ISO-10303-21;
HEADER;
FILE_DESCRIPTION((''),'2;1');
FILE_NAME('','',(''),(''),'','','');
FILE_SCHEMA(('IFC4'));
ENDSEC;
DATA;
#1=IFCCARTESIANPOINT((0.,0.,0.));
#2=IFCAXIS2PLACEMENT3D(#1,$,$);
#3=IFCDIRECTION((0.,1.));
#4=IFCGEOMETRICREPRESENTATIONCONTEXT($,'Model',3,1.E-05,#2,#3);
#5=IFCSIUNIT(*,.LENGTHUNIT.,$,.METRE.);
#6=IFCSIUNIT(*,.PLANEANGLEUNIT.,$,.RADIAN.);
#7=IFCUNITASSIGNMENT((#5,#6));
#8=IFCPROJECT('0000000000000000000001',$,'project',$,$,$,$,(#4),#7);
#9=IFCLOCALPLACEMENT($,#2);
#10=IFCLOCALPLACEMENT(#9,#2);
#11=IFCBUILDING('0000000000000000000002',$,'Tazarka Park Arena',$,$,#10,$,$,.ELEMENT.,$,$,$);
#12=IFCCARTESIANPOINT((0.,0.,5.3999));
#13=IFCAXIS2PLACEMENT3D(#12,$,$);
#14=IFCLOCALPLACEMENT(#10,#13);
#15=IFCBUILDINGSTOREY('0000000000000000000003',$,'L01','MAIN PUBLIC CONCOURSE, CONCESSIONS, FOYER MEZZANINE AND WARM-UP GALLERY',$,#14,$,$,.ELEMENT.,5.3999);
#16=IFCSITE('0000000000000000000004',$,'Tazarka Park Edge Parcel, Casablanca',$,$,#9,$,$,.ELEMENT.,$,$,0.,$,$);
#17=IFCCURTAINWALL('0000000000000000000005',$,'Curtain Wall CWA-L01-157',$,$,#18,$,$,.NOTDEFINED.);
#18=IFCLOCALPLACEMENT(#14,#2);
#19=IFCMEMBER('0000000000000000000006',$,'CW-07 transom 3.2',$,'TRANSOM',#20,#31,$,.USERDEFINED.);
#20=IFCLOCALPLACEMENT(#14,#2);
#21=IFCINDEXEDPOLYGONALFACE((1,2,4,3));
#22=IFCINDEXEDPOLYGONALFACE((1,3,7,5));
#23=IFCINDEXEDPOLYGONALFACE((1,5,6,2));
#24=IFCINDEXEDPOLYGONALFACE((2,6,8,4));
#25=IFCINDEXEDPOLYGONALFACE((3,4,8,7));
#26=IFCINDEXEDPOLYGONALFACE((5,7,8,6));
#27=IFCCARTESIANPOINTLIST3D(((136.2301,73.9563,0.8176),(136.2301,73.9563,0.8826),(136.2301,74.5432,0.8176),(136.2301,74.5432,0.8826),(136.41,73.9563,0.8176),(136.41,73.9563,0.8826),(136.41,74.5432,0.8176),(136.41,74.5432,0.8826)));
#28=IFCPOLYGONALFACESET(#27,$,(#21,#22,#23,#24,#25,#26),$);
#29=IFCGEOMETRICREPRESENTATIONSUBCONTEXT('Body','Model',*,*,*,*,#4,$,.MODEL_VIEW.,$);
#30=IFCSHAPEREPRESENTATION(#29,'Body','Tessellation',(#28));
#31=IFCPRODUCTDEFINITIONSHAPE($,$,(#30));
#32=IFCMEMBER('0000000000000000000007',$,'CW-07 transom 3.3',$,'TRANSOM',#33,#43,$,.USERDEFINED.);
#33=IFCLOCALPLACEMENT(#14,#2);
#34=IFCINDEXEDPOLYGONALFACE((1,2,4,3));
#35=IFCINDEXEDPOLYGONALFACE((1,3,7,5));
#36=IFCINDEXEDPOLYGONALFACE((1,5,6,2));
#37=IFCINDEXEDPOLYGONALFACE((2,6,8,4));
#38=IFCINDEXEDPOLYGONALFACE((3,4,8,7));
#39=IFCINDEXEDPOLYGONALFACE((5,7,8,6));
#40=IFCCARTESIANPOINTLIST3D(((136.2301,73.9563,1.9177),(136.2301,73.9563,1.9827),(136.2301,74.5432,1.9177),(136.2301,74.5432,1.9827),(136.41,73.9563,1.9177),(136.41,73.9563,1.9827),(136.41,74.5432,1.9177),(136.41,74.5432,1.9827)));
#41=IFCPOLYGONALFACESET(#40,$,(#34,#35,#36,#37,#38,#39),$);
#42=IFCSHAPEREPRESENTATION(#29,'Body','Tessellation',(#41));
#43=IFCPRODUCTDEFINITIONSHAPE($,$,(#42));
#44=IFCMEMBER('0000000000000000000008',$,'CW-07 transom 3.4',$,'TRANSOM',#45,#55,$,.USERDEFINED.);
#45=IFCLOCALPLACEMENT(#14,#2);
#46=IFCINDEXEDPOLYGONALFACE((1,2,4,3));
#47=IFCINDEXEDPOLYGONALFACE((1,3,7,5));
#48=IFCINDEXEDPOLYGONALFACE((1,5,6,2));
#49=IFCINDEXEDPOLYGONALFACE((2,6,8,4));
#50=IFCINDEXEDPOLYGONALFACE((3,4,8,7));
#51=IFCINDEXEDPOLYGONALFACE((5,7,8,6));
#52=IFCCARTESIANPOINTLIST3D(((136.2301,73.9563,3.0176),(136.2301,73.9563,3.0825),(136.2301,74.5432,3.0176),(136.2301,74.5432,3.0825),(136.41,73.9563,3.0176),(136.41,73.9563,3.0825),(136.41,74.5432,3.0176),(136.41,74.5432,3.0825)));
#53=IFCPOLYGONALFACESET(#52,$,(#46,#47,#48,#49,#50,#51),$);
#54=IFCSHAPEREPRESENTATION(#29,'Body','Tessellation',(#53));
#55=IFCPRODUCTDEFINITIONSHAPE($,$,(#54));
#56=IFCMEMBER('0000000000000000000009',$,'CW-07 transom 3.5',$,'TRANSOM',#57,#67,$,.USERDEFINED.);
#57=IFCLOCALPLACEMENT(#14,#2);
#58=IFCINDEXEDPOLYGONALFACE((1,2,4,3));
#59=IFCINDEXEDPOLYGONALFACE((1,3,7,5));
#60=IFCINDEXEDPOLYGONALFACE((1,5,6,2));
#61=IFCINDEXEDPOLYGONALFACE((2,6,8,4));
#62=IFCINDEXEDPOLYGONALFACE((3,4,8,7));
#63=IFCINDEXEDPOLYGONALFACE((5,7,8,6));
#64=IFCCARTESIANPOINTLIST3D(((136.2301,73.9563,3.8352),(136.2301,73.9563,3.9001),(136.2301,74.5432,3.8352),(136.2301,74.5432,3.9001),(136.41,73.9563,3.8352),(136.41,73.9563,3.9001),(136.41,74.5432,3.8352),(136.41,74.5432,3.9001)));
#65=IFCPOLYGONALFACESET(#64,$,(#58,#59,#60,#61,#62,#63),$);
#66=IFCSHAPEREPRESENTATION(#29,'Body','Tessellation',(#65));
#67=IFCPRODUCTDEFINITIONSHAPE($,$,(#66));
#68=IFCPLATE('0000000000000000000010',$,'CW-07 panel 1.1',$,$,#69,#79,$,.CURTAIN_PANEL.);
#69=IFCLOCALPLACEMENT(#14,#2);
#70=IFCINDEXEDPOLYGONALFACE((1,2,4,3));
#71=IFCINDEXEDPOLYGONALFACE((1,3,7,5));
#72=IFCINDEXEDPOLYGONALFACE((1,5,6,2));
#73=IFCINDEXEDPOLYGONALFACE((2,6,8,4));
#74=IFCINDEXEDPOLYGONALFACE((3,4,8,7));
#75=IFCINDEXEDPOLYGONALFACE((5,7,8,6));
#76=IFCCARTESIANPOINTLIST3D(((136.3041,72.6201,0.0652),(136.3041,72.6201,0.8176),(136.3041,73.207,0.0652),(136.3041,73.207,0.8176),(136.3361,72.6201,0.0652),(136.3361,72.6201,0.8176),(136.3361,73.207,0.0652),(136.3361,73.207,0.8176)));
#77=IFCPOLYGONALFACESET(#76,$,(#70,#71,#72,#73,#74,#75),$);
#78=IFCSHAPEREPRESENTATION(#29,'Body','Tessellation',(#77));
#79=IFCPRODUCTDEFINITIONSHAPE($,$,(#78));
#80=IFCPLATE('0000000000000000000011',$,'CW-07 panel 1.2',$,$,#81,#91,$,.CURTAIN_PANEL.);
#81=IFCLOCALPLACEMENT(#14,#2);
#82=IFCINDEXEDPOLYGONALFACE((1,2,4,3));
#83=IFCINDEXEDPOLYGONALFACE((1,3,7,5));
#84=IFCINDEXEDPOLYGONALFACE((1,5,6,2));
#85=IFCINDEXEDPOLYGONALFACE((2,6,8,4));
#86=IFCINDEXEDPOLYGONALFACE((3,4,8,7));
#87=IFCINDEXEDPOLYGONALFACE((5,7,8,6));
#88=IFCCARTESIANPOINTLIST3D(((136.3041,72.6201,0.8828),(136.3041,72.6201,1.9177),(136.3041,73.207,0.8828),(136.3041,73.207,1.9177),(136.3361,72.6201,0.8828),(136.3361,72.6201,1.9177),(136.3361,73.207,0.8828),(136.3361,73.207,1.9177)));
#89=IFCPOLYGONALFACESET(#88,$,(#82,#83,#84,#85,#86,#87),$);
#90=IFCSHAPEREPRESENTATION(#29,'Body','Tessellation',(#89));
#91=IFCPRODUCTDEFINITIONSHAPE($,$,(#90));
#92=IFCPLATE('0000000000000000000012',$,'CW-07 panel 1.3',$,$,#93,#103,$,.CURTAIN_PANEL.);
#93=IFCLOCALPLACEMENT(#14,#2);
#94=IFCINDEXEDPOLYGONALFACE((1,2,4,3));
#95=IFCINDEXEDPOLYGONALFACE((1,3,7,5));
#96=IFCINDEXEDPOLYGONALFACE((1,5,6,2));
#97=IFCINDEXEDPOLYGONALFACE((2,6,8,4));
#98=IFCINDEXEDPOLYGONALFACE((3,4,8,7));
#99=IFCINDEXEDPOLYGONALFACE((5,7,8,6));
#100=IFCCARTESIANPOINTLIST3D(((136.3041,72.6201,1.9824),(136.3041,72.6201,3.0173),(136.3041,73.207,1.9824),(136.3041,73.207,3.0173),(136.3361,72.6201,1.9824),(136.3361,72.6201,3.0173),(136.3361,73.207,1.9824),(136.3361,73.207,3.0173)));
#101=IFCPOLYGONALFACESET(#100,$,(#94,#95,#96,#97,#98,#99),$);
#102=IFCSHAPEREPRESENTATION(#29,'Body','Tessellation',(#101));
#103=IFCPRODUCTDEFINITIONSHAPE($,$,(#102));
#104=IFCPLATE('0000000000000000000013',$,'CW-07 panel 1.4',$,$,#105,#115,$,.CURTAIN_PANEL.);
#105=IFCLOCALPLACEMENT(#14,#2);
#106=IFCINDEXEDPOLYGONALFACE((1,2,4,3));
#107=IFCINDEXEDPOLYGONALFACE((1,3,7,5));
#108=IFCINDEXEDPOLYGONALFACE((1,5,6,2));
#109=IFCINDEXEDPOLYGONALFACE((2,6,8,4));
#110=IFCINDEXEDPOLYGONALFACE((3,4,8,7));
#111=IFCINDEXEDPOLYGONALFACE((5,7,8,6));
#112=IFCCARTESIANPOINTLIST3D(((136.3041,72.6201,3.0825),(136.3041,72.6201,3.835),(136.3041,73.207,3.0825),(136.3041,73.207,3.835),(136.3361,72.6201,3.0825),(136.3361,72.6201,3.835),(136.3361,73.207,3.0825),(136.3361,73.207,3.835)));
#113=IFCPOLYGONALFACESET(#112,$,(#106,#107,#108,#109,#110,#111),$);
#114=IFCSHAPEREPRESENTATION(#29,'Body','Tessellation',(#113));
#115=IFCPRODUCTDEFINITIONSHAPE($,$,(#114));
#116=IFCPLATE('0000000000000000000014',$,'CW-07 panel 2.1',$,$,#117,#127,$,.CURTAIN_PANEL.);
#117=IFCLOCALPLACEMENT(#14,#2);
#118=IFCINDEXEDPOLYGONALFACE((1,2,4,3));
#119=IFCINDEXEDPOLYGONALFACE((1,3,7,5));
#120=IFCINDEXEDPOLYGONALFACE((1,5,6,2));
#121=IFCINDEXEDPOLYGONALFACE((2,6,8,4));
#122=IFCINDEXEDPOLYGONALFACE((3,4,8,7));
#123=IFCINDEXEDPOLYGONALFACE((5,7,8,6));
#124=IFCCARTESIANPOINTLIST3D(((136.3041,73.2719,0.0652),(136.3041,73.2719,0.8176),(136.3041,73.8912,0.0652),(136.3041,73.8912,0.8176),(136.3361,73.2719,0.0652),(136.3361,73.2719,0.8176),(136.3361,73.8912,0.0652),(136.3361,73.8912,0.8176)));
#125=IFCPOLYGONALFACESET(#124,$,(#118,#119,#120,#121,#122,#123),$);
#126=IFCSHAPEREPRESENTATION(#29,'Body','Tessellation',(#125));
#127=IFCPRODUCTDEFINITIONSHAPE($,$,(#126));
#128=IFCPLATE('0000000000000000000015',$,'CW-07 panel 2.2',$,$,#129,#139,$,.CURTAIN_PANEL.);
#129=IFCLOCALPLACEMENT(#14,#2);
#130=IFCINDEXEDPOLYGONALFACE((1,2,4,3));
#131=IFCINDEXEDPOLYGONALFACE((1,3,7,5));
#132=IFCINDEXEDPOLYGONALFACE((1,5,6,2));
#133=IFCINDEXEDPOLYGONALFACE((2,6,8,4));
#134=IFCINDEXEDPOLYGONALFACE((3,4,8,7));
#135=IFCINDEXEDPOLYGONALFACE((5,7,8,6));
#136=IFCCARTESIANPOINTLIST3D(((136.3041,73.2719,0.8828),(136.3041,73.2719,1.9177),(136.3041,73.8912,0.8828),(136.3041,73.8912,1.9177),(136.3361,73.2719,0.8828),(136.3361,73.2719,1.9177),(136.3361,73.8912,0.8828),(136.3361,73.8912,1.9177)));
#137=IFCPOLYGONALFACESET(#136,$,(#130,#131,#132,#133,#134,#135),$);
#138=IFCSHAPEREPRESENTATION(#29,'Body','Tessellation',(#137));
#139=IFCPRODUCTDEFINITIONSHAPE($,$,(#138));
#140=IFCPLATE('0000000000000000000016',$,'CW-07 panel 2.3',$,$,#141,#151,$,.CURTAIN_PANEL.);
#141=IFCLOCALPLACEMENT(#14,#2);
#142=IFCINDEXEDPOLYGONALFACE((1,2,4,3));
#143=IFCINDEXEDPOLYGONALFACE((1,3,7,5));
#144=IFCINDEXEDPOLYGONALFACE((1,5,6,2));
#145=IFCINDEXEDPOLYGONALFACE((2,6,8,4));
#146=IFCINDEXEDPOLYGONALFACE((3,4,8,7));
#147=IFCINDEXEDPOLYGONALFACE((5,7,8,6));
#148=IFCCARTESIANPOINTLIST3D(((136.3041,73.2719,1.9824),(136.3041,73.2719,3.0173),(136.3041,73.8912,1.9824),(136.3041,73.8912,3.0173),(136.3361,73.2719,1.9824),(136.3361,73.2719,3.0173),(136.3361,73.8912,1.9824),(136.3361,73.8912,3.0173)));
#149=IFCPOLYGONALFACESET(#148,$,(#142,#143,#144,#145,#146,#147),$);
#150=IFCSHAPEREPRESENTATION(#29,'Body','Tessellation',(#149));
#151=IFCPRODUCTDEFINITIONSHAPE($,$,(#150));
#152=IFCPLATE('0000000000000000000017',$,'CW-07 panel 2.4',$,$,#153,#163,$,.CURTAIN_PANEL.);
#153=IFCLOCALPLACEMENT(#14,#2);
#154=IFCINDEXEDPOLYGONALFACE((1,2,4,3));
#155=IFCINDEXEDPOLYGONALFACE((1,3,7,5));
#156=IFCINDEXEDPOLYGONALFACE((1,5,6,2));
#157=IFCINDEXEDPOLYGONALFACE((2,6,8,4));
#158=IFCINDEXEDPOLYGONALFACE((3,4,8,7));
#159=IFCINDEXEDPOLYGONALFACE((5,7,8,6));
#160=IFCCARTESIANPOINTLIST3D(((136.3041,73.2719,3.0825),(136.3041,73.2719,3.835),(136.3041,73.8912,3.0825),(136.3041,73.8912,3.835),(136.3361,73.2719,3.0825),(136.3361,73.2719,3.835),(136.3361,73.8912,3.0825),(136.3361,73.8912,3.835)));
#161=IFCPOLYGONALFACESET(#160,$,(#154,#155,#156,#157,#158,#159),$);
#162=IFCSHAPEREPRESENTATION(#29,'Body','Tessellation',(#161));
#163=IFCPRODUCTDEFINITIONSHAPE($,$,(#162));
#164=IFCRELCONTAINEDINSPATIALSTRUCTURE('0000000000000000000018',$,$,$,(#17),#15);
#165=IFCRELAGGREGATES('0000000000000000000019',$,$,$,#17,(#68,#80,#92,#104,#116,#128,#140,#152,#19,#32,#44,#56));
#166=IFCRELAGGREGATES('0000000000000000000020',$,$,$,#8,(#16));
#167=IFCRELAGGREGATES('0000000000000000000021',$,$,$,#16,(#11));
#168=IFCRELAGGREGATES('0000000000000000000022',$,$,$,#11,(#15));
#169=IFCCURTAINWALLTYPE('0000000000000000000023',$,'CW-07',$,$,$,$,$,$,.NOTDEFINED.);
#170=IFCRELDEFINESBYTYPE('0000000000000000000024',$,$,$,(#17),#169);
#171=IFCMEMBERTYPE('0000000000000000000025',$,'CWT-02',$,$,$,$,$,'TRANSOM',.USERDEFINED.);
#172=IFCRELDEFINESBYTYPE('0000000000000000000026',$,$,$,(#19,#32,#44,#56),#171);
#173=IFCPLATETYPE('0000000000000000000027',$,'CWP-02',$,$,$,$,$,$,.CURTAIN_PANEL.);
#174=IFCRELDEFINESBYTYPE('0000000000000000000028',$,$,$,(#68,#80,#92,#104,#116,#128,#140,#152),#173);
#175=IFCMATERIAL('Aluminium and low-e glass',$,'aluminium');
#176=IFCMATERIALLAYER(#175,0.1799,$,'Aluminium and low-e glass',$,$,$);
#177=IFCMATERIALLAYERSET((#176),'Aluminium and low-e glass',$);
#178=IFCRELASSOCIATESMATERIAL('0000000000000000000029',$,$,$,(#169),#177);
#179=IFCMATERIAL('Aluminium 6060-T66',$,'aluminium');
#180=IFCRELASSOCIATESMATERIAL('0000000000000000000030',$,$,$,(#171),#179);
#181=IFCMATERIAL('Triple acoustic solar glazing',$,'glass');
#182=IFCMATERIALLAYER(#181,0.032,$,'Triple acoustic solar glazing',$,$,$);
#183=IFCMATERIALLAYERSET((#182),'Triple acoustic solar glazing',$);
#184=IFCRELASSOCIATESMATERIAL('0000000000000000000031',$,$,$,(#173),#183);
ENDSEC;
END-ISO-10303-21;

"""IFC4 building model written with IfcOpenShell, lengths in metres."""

from ifc_helpers import new_model, si_unit, direction, frame, origin, origin_2d, place, context, subcontext, project, spatial, rectangle, extrude, material, layer, layer_set, material_profile, profile_set, type_object, element, aggregate, save


model = new_model("IFC4")

# Units and contexts
model_context = context("Model", 3, precision=1e-05, world=origin(), true_north=direction((0.0, 1.0)))
body_context = subcontext(model_context, "Body", "Model", "MODEL_VIEW")
ifc_project = project(units=[si_unit("LENGTHUNIT", "METRE"), si_unit("PLANEANGLEUNIT", "RADIAN")], contexts=[model_context])

# Site, building, storey
site_placement = place(None, origin())
site = spatial("IfcSite", under=ifc_project, at=site_placement, Name="Tazarka Park Edge Parcel, Casablanca", CompositionType="ELEMENT", RefElevation=0.0)
building_placement = place(site_placement, origin())
building = spatial("IfcBuilding", under=site, at=building_placement, Name="Tazarka Park Arena", CompositionType="ELEMENT")
storey_placement = place(building_placement, frame((0.0, 0.0, 5.3999)))
storey = spatial("IfcBuildingStorey", under=building, at=storey_placement, Name="L01", Description="MAIN PUBLIC CONCOURSE, CONCESSIONS, FOYER MEZZANINE AND WARM-UP GALLERY", CompositionType="ELEMENT", Elevation=5.3999)

# Curtain wall, members, plates
ifc_material_1 = material(Name="Aluminium and low-e glass", Category="aluminium")
ifc_layer_1 = layer(ifc_material_1, 0.1799, Name="Aluminium and low-e glass")
ifc_layer_set_1 = layer_set([ifc_layer_1], Name="Aluminium and low-e glass")
curtain_wall_type = type_object("IfcCurtainWallType", Name="CW-07", PredefinedType="NOTDEFINED", material=ifc_layer_set_1)
curtain_wall_placement = place(storey_placement, origin())
curtain_wall = element("IfcCurtainWall", 1, at=curtain_wall_placement, inside=storey, type_object=curtain_wall_type, Name="Curtain Wall CWA-L01-157", PredefinedType="NOTDEFINED")
ifc_material_2 = material(Name="Aluminium 6060-T66", Category="aluminium")
ifc_material_profile_1 = material_profile(ifc_material_2, rectangle(XDim=0.1799, YDim=0.0649, at=origin_2d()), Name="Aluminium 6060-T66")
ifc_profile_set_1 = profile_set([ifc_material_profile_1], Name="Aluminium 6060-T66")
member_type_1 = type_object("IfcMemberType", Name="CWT-02", ElementType="TRANSOM", PredefinedType="USERDEFINED", material=ifc_profile_set_1)
member_1_placement = place(storey_placement, frame((136.3201, 73.9563, 0.8501), z_axis=(0.0, 1.0, 0.0), x_axis=(-1.0, 0.0, 0.0)))
member_1 = element("IfcMember", 2, at=member_1_placement, type_object=member_type_1, Name="CW-07 transom 3.2", ObjectType="TRANSOM", PredefinedType="USERDEFINED", context=body_context, shape_type="SweptSolid", body=[
    extrude(rectangle(XDim=0.1799, YDim=0.0649, at=origin_2d()), origin(), (0.0, 0.0, 1.0), 0.5869),
])
member_2_placement = place(storey_placement, frame((136.3201, 73.9563, 1.9502), z_axis=(0.0, 1.0, 0.0), x_axis=(-1.0, 0.0, 0.0)))
member_2 = element("IfcMember", 3, at=member_2_placement, type_object=member_type_1, Name="CW-07 transom 3.3", ObjectType="TRANSOM", PredefinedType="USERDEFINED", context=body_context, shape_type="SweptSolid", body=[
    extrude(rectangle(XDim=0.1799, YDim=0.0649, at=origin_2d()), origin(), (0.0, 0.0, 1.0), 0.5869),
])
member_3_placement = place(storey_placement, frame((136.3201, 73.9563, 3.05), z_axis=(0.0, 1.0, 0.0), x_axis=(-1.0, 0.0, 0.0)))
member_3 = element("IfcMember", 4, at=member_3_placement, type_object=member_type_1, Name="CW-07 transom 3.4", ObjectType="TRANSOM", PredefinedType="USERDEFINED", context=body_context, shape_type="SweptSolid", body=[
    extrude(rectangle(XDim=0.1799, YDim=0.0649, at=origin_2d()), origin(), (0.0, 0.0, 1.0), 0.5869),
])
member_4_placement = place(storey_placement, frame((136.3201, 73.9563, 3.8677), z_axis=(0.0, 1.0, 0.0), x_axis=(-1.0, 0.0, 0.0)))
member_4 = element("IfcMember", 5, at=member_4_placement, type_object=member_type_1, Name="CW-07 transom 3.5", ObjectType="TRANSOM", PredefinedType="USERDEFINED", context=body_context, shape_type="SweptSolid", body=[
    extrude(rectangle(XDim=0.1799, YDim=0.0649, at=origin_2d()), origin(), (0.0, 0.0, 1.0), 0.5869),
])
ifc_material_3 = material(Name="Triple acoustic solar glazing", Category="glass")
ifc_layer_2 = layer(ifc_material_3, 0.032, Name="Triple acoustic solar glazing")
ifc_layer_set_2 = layer_set([ifc_layer_2], Name="Triple acoustic solar glazing")
plate_type = type_object("IfcPlateType", Name="CWP-02", PredefinedType="CURTAIN_PANEL", material=ifc_layer_set_2)
plate_1_placement = place(storey_placement, frame((136.3201, 72.9136, 0.0652), z_axis=(0.0, 0.0, 1.0), x_axis=(0.0, 1.0, 0.0)))
plate_1 = element("IfcPlate", 6, at=plate_1_placement, type_object=plate_type, Name="CW-07 panel 1.1", PredefinedType="CURTAIN_PANEL", context=body_context, shape_type="SweptSolid", body=[
    extrude(rectangle(XDim=0.5869, YDim=0.032, at=origin_2d()), origin(), (0.0, 0.0, 1.0), 0.7524),
])
plate_2_placement = place(storey_placement, frame((136.3201, 72.9136, 0.8828), z_axis=(0.0, 0.0, 1.0), x_axis=(0.0, 1.0, 0.0)))
plate_2 = element("IfcPlate", 7, at=plate_2_placement, type_object=plate_type, Name="CW-07 panel 1.2", PredefinedType="CURTAIN_PANEL", context=body_context, shape_type="SweptSolid", body=[
    extrude(rectangle(XDim=0.5869, YDim=0.032, at=origin_2d()), origin(), (0.0, 0.0, 1.0), 1.0349),
])
plate_3_placement = place(storey_placement, frame((136.3201, 72.9136, 1.9824), z_axis=(0.0, 0.0, 1.0), x_axis=(0.0, 1.0, 0.0)))
plate_3 = element("IfcPlate", 8, at=plate_3_placement, type_object=plate_type, Name="CW-07 panel 1.3", PredefinedType="CURTAIN_PANEL", context=body_context, shape_type="SweptSolid", body=[
    extrude(rectangle(XDim=0.5869, YDim=0.032, at=origin_2d()), origin(), (0.0, 0.0, 1.0), 1.0349),
])
plate_4_placement = place(storey_placement, frame((136.3201, 72.9136, 3.0825), z_axis=(0.0, 0.0, 1.0), x_axis=(0.0, 1.0, 0.0)))
plate_4 = element("IfcPlate", 9, at=plate_4_placement, type_object=plate_type, Name="CW-07 panel 1.4", PredefinedType="CURTAIN_PANEL", context=body_context, shape_type="SweptSolid", body=[
    extrude(rectangle(XDim=0.5869, YDim=0.032, at=origin_2d()), origin(), (0.0, 0.0, 1.0), 0.7524),
])
plate_5_placement = place(storey_placement, frame((136.3201, 73.5815, 0.0652), z_axis=(0.0, 0.0, 1.0), x_axis=(0.0, 1.0, 0.0)))
plate_5 = element("IfcPlate", 10, at=plate_5_placement, type_object=plate_type, Name="CW-07 panel 2.1", PredefinedType="CURTAIN_PANEL", context=body_context, shape_type="SweptSolid", body=[
    extrude(rectangle(XDim=0.6194, YDim=0.032, at=origin_2d()), origin(), (0.0, 0.0, 1.0), 0.7524),
])
plate_6_placement = place(storey_placement, frame((136.3201, 73.5815, 0.8828), z_axis=(0.0, 0.0, 1.0), x_axis=(0.0, 1.0, 0.0)))
plate_6 = element("IfcPlate", 11, at=plate_6_placement, type_object=plate_type, Name="CW-07 panel 2.2", PredefinedType="CURTAIN_PANEL", context=body_context, shape_type="SweptSolid", body=[
    extrude(rectangle(XDim=0.6194, YDim=0.032, at=origin_2d()), origin(), (0.0, 0.0, 1.0), 1.0349),
])
plate_7_placement = place(storey_placement, frame((136.3201, 73.5815, 1.9824), z_axis=(0.0, 0.0, 1.0), x_axis=(0.0, 1.0, 0.0)))
plate_7 = element("IfcPlate", 12, at=plate_7_placement, type_object=plate_type, Name="CW-07 panel 2.3", PredefinedType="CURTAIN_PANEL", context=body_context, shape_type="SweptSolid", body=[
    extrude(rectangle(XDim=0.6194, YDim=0.032, at=origin_2d()), origin(), (0.0, 0.0, 1.0), 1.0349),
])
plate_8_placement = place(storey_placement, frame((136.3201, 73.5815, 3.0825), z_axis=(0.0, 0.0, 1.0), x_axis=(0.0, 1.0, 0.0)))
plate_8 = element("IfcPlate", 13, at=plate_8_placement, type_object=plate_type, Name="CW-07 panel 2.4", PredefinedType="CURTAIN_PANEL", context=body_context, shape_type="SweptSolid", body=[
    extrude(rectangle(XDim=0.6194, YDim=0.032, at=origin_2d()), origin(), (0.0, 0.0, 1.0), 0.7524),
])
aggregate(curtain_wall, [plate_1, plate_2, plate_3, plate_4, plate_5, plate_6, plate_7, plate_8, member_1, member_2, member_3, member_4])

save(model, "model.ifc")
